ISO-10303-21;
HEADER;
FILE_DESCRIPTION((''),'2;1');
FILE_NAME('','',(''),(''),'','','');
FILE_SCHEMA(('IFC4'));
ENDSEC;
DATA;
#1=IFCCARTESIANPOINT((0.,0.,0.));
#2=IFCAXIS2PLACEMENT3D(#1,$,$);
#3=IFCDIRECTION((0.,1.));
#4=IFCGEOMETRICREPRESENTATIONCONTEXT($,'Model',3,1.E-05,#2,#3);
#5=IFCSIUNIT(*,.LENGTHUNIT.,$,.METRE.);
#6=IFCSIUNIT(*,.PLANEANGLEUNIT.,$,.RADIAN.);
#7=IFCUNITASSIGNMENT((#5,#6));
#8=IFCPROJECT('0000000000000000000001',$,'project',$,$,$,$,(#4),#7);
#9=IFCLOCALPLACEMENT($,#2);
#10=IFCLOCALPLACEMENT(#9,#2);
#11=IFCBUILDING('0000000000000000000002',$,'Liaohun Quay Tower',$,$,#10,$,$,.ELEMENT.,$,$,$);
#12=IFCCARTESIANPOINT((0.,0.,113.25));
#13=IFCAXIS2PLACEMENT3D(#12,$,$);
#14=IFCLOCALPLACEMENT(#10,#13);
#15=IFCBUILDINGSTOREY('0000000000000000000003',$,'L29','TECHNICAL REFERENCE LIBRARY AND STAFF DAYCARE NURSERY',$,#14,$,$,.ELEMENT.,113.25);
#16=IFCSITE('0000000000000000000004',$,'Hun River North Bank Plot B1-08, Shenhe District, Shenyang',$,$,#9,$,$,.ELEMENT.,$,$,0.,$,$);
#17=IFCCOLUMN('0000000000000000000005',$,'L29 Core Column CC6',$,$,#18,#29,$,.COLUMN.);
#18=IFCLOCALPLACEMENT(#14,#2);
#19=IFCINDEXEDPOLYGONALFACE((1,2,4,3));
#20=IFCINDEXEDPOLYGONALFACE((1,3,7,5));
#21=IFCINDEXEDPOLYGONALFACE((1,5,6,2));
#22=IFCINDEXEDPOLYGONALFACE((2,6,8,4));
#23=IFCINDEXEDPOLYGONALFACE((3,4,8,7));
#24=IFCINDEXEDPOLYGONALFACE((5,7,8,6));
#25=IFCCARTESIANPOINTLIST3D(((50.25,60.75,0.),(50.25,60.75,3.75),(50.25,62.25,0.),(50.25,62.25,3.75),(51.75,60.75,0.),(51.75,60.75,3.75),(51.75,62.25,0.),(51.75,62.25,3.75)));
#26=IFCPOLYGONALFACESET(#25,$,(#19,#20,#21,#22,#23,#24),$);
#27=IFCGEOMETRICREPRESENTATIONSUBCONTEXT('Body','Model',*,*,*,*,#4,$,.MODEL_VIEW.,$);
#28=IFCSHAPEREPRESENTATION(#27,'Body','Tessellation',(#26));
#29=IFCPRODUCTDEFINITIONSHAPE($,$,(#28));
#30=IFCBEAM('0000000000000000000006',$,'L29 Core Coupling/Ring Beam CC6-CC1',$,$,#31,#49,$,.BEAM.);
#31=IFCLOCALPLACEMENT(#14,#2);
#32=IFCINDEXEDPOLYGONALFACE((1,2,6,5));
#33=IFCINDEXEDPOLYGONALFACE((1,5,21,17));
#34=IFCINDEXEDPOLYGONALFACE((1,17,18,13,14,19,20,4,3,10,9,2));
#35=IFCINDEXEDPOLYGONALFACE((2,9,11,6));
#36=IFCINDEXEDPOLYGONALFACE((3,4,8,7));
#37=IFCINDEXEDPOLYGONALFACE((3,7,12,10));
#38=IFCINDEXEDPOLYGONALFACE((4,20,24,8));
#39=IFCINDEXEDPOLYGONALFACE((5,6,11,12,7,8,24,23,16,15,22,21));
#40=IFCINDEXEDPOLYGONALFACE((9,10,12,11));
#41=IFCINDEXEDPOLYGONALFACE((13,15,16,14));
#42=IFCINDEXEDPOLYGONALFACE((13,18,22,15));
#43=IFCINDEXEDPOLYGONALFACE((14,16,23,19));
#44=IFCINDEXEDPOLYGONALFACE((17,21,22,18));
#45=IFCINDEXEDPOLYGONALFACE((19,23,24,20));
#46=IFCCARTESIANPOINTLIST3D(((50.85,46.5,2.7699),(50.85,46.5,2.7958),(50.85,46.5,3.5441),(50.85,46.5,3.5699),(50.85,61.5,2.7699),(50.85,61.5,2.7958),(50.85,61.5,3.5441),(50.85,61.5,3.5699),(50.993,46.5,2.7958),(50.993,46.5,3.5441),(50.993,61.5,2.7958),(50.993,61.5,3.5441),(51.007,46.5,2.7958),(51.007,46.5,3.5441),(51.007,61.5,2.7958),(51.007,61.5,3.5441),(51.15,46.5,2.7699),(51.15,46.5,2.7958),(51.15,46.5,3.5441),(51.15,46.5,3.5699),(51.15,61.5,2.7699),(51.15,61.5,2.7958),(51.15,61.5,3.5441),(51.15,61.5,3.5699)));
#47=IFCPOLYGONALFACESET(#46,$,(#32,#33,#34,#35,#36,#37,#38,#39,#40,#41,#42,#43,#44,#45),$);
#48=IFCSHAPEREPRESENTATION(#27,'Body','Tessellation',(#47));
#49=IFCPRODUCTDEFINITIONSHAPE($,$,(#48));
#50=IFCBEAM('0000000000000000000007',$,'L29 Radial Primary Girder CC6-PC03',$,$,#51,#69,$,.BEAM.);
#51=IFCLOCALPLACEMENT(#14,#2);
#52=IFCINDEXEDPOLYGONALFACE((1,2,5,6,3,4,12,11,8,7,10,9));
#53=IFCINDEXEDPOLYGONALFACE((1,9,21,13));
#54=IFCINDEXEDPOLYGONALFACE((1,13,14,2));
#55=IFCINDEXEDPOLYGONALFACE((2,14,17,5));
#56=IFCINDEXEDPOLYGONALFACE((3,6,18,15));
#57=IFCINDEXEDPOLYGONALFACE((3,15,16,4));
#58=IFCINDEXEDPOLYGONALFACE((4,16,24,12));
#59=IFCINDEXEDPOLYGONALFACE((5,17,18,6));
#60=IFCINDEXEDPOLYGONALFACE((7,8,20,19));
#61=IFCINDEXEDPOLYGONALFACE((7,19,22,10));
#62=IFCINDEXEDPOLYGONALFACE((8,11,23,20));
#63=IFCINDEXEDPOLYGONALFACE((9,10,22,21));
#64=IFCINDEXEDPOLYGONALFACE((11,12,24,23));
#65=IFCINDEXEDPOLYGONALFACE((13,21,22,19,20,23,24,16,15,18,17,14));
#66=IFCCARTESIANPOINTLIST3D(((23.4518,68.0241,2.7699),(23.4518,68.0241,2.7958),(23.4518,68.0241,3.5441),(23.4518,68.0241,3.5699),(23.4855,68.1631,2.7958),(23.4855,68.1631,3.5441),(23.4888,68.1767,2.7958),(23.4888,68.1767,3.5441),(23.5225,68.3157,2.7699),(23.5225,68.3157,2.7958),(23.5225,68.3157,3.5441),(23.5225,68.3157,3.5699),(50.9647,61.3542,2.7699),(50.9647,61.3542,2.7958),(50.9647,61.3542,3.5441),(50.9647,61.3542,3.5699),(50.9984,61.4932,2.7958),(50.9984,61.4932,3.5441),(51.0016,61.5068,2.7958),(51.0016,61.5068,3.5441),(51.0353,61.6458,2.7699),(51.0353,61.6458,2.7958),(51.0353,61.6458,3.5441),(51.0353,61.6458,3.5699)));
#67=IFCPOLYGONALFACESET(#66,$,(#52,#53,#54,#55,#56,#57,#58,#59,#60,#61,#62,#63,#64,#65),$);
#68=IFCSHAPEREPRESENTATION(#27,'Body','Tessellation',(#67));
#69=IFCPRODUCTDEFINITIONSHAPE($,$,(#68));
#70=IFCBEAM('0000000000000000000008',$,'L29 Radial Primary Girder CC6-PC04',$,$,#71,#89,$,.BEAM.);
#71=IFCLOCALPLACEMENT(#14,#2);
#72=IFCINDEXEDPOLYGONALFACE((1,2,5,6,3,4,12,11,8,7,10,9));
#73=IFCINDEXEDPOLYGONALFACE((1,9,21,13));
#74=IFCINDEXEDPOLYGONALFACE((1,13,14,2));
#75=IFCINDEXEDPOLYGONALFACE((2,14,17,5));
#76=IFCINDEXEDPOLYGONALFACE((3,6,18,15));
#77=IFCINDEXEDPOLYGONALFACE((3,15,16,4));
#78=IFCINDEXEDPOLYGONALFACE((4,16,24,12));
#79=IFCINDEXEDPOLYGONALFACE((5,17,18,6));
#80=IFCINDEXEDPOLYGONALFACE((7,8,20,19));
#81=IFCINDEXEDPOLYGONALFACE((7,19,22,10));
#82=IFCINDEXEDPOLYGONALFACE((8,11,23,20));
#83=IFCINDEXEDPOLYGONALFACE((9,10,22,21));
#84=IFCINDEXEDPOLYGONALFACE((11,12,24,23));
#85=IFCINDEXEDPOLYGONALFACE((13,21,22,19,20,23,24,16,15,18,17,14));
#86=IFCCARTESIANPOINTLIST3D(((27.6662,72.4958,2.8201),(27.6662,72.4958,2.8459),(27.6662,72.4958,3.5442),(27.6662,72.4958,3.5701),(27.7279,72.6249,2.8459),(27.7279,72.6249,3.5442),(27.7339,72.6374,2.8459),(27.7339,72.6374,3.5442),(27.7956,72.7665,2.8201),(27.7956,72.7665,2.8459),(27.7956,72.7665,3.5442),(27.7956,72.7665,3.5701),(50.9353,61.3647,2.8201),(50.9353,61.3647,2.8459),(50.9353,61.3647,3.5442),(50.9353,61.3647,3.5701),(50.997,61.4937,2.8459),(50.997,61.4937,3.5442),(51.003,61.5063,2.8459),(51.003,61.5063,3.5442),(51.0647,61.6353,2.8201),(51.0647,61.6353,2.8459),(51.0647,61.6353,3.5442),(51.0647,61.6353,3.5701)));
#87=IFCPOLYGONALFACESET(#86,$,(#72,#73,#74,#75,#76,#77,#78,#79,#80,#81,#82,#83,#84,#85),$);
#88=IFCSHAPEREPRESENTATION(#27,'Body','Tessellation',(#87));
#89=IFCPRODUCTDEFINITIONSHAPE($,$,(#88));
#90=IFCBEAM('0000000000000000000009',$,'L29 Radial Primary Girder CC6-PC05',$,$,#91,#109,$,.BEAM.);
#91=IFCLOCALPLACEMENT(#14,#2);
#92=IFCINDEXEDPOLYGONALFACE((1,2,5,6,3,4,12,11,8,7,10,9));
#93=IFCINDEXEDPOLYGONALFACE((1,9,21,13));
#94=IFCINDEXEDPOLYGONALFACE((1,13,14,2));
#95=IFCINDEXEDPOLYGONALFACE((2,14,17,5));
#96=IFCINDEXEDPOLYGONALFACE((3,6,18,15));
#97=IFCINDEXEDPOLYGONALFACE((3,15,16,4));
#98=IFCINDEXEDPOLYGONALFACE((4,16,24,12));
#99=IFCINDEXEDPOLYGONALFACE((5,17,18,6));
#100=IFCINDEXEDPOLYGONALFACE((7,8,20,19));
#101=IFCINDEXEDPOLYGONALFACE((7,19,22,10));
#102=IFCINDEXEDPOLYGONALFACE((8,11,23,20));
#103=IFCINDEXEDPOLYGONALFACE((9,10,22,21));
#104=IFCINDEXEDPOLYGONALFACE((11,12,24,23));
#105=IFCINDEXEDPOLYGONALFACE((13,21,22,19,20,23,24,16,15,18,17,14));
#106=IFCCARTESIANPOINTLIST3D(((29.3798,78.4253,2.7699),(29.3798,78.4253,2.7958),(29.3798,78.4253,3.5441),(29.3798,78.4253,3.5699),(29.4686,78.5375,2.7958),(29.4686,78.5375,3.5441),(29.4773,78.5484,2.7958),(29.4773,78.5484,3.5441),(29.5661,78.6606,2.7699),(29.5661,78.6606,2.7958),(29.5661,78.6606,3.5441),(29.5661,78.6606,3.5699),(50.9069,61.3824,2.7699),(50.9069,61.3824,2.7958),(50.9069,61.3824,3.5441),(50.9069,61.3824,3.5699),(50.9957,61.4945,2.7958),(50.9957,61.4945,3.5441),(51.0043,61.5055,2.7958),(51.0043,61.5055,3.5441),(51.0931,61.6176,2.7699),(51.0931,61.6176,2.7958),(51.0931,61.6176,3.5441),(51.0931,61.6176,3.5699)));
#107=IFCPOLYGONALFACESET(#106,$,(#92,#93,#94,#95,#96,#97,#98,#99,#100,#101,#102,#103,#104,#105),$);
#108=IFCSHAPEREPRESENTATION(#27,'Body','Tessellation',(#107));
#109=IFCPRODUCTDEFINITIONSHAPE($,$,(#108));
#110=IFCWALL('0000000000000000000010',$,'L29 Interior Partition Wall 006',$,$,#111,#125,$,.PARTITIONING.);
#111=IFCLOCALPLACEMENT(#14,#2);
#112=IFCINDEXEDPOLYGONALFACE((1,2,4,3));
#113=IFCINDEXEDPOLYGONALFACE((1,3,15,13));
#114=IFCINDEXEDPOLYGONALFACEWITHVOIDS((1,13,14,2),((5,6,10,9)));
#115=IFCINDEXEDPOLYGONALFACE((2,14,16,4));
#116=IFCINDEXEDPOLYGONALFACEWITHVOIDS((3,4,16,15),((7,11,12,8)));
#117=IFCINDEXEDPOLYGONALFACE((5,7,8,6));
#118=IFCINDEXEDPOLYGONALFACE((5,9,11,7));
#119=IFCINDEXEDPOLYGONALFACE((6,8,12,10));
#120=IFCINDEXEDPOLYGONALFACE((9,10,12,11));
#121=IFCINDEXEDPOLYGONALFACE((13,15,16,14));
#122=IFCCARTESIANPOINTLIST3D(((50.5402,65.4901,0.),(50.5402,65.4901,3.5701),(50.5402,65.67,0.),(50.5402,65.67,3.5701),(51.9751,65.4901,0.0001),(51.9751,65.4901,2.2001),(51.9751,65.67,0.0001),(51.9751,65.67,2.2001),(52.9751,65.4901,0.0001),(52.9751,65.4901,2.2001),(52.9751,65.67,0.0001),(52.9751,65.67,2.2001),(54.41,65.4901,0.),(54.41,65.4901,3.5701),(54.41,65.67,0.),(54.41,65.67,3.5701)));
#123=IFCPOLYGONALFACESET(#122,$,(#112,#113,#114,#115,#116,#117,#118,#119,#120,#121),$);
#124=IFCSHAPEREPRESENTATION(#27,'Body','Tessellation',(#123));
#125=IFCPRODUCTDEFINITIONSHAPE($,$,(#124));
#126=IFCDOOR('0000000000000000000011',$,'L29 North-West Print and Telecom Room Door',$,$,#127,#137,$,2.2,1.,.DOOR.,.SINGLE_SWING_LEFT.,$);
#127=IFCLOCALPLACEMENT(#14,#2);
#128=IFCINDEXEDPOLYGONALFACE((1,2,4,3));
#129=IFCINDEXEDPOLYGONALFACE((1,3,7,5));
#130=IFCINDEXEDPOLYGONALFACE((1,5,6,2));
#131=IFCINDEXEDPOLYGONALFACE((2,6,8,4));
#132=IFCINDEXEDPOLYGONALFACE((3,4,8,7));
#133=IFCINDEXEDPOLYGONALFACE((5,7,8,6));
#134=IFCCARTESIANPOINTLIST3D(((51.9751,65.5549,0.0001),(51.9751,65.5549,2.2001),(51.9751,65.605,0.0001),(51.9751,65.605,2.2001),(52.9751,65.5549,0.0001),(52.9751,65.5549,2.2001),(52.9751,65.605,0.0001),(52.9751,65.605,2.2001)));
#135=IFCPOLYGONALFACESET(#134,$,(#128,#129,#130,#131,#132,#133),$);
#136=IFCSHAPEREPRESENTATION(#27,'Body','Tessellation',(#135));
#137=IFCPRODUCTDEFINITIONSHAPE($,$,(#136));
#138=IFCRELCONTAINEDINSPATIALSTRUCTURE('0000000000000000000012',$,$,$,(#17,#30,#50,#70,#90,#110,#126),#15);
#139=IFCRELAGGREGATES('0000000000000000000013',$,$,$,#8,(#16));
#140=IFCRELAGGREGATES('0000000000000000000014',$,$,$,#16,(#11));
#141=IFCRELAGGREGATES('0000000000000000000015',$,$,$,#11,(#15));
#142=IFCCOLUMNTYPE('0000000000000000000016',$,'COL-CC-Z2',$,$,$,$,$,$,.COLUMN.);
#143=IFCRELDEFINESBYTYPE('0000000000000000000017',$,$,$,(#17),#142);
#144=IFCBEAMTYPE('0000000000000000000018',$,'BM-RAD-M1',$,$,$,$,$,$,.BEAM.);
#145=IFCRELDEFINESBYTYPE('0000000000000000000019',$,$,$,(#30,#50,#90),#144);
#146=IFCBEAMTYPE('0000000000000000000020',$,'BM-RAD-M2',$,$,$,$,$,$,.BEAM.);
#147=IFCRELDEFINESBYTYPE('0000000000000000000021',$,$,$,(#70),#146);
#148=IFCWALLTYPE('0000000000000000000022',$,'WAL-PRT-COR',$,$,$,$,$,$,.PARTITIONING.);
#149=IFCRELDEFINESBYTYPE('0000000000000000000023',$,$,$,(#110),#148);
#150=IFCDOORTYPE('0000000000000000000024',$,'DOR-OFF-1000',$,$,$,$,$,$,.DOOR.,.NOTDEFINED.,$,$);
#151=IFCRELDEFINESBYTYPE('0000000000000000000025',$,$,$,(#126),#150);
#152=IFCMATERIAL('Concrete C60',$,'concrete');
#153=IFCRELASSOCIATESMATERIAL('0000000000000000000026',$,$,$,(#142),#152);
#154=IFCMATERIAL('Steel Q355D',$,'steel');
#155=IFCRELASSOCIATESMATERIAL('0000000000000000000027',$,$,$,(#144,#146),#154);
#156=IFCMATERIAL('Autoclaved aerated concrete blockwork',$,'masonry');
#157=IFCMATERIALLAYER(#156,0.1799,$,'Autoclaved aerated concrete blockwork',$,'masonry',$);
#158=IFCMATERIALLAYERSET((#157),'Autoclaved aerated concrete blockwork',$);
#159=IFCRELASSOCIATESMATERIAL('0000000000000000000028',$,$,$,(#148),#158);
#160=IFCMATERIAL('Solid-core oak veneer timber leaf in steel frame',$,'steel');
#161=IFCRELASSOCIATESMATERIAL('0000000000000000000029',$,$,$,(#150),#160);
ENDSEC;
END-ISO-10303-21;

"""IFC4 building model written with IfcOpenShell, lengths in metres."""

from ifc_helpers import new_model, si_unit, direction, frame, frame_2d, origin, origin_2d, place, context, subcontext, project, spatial, rectangle, i_section, extrude, source, transform, mapped, material, layer, layer_set, material_profile, profile_set, type_object, element, fill, save


model = new_model("IFC4")

# Units and contexts
model_context = context("Model", 3, precision=1e-05, world=origin(), true_north=direction((0.0, 1.0)))
body_context = subcontext(model_context, "Body", "Model", "MODEL_VIEW")
ifc_project = project(units=[si_unit("LENGTHUNIT", "METRE"), si_unit("PLANEANGLEUNIT", "RADIAN")], contexts=[model_context])

# Site, building, storey
site_placement = place(None, origin())
site = spatial("IfcSite", under=ifc_project, at=site_placement, Name="Hun River North Bank Plot B1-08, Shenhe District, Shenyang", CompositionType="ELEMENT", RefElevation=0.0)
building_placement = place(site_placement, origin())
building = spatial("IfcBuilding", under=site, at=building_placement, Name="Liaohun Quay Tower", CompositionType="ELEMENT")
storey_placement = place(building_placement, frame((0.0, 0.0, 113.25)))
storey = spatial("IfcBuildingStorey", under=building, at=storey_placement, Name="L29", Description="TECHNICAL REFERENCE LIBRARY AND STAFF DAYCARE NURSERY", CompositionType="ELEMENT", Elevation=113.25)

# Column
ifc_material_1 = material(Name="Concrete C60", Category="concrete")
ifc_material_profile_1 = material_profile(ifc_material_1, rectangle(XDim=1.5, YDim=1.5, at=origin_2d()), Name="RC1500x1500")
ifc_profile_set_1 = profile_set([ifc_material_profile_1], Name="Concrete C60")
column_type = type_object("IfcColumnType", Name="COL-CC-Z2", PredefinedType="COLUMN", material=ifc_profile_set_1)
shared_shape_1 = source(origin(), body_context, "Body", "SweptSolid", [
    extrude(rectangle(XDim=1.5, YDim=1.5, at=origin_2d()), origin(), (0.0, 0.0, 1.0), 3.75),
])
column_placement = place(storey_placement, frame((51.0, 61.5, 0.0), z_axis=(0.0, 0.0, 1.0), x_axis=(1.0, 0.0, 0.0)))
element("IfcColumn", 1, at=column_placement, inside=storey, type_object=column_type, Name="L29 Core Column CC6", PredefinedType="COLUMN", context=body_context, shape_type="MappedRepresentation", body=[
    mapped(shared_shape_1, transform((0.0, 0.0, 0.0), x_axis=(1.0, 0.0, 0.0), y_axis=(0.0, 1.0, 0.0), z_axis=(0.0, 0.0, 1.0), scale=1.0)),
])

# Beams
ifc_material_2 = material(Name="Steel Q355D", Category="steel")
ifc_material_profile_2 = material_profile(ifc_material_2, i_section(OverallWidth=0.3, OverallDepth=0.8, WebThickness=0.0139, FlangeThickness=0.0259, at=origin_2d()), Name="HN800x300x14x26")
ifc_profile_set_2 = profile_set([ifc_material_profile_2], Name="Steel Q355D")
beam_type_1 = type_object("IfcBeamType", Name="BM-RAD-M1", PredefinedType="BEAM", material=ifc_profile_set_2)
shared_shape_2 = source(origin(), body_context, "Body", "SweptSolid", [
    extrude(i_section(OverallWidth=0.3, OverallDepth=0.8, WebThickness=0.0139, FlangeThickness=0.0259, at=origin_2d()), origin(), (0.0, 0.0, 1.0), 15.0),
])
beam_1_placement = place(storey_placement, frame((51.0, 61.5, 3.1699), z_axis=(0.0, -1.0, 0.0), x_axis=(1.0, 0.0, 0.0)))
element("IfcBeam", 2, at=beam_1_placement, inside=storey, type_object=beam_type_1, Name="L29 Core Coupling/Ring Beam CC6-CC1", PredefinedType="BEAM", context=body_context, shape_type="MappedRepresentation", body=[
    mapped(shared_shape_2, transform((0.0, 0.0, 0.0), x_axis=(1.0, 0.0, 0.0), y_axis=(0.0, 1.0, 0.0), z_axis=(0.0, 0.0, 1.0), scale=1.0)),
])
shared_shape_3 = source(origin(), body_context, "Body", "SweptSolid", [
    extrude(i_section(OverallWidth=0.3, OverallDepth=0.8, WebThickness=0.0139, FlangeThickness=0.0259, at=origin_2d()), origin(), (0.0, 0.0, 1.0), 28.3098),
])
beam_2_placement = place(storey_placement, frame((51.0, 61.5, 3.1699), z_axis=(-0.971849, 0.235604, 0.0), x_axis=(-0.235604, -0.971849, 0.0)))
element("IfcBeam", 3, at=beam_2_placement, inside=storey, type_object=beam_type_1, Name="L29 Radial Primary Girder CC6-PC03", PredefinedType="BEAM", context=body_context, shape_type="MappedRepresentation", body=[
    mapped(shared_shape_3, transform((0.0, 0.0, 0.0), x_axis=(1.0, 0.0, 0.0), y_axis=(0.0, 1.0, 0.0), z_axis=(0.0, 0.0, 1.0), scale=1.0)),
])
ifc_material_profile_3 = material_profile(ifc_material_2, i_section(OverallWidth=0.3, OverallDepth=0.75, WebThickness=0.0139, FlangeThickness=0.0259, at=origin_2d()), Name="HN750x300x14x26")
ifc_profile_set_3 = profile_set([ifc_material_profile_3], Name="Steel Q355D")
beam_type_2 = type_object("IfcBeamType", Name="BM-RAD-M2", PredefinedType="BEAM", material=ifc_profile_set_3)
shared_shape_4 = source(origin(), body_context, "Body", "SweptSolid", [
    extrude(i_section(OverallWidth=0.3, OverallDepth=0.75, WebThickness=0.0139, FlangeThickness=0.0259, at=origin_2d()), origin(), (0.0, 0.0, 1.0), 25.7944),
])
beam_3_placement = place(storey_placement, frame((51.0, 61.5, 3.1951), z_axis=(-0.902098, 0.431532, 0.0), x_axis=(-0.431532, -0.902098, 0.0)))
element("IfcBeam", 4, at=beam_3_placement, inside=storey, type_object=beam_type_2, Name="L29 Radial Primary Girder CC6-PC04", PredefinedType="BEAM", context=body_context, shape_type="MappedRepresentation", body=[
    mapped(shared_shape_4, transform((0.0, 0.0, 0.0), x_axis=(1.0, 0.0, 0.0), y_axis=(0.0, 1.0, 0.0), z_axis=(0.0, 0.0, 1.0), scale=1.0)),
])
shared_shape_5 = source(origin(), body_context, "Body", "SweptSolid", [
    extrude(i_section(OverallWidth=0.3, OverallDepth=0.8, WebThickness=0.0139, FlangeThickness=0.0259, at=origin_2d()), origin(), (0.0, 0.0, 1.0), 27.4568),
])
beam_4_placement = place(storey_placement, frame((51.0, 61.5, 3.1699), z_axis=(-0.784034, 0.620718, 0.0), x_axis=(-0.620718, -0.784034, 0.0)))
element("IfcBeam", 5, at=beam_4_placement, inside=storey, type_object=beam_type_1, Name="L29 Radial Primary Girder CC6-PC05", PredefinedType="BEAM", context=body_context, shape_type="MappedRepresentation", body=[
    mapped(shared_shape_5, transform((0.0, 0.0, 0.0), x_axis=(1.0, 0.0, 0.0), y_axis=(0.0, 1.0, 0.0), z_axis=(0.0, 0.0, 1.0), scale=1.0)),
])

# Wall, opening, door
ifc_material_3 = material(Name="Autoclaved aerated concrete blockwork", Category="masonry")
ifc_layer_1 = layer(ifc_material_3, 0.1799, Name="Autoclaved aerated concrete blockwork", Category="masonry")
ifc_layer_set_1 = layer_set([ifc_layer_1], Name="Autoclaved aerated concrete blockwork")
wall_type_1 = type_object("IfcWallType", Name="WAL-PRT-COR", PredefinedType="PARTITIONING", material=ifc_layer_set_1)
wall_1_placement = place(storey_placement, frame((50.54, 65.5801, 0.0), z_axis=(0.0, 0.0, 1.0), x_axis=(1.0, 0.0, 0.0)))
wall_1 = element("IfcWall", 6, at=wall_1_placement, inside=storey, type_object=wall_type_1, Name="L29 Interior Partition Wall 006", PredefinedType="PARTITIONING", context=body_context, shape_type="SweptSolid", body=[
    extrude(rectangle(XDim=3.8699, YDim=0.1799, at=frame_2d((1.9351, 0.0))), origin(), (0.0, 0.0, 1.0), 3.5701),
])
shared_shape_6 = source(origin(), body_context, "Body", "SweptSolid", [
    extrude(rectangle(XDim=1.0, YDim=2.2, at=frame_2d((0.5, 1.1001))), frame((0.0, 0.0999, 0.0), z_axis=(0.0, -1.0, 0.0), x_axis=(1.0, 0.0, 0.0)), (0.0, 0.0, 1.0), 0.2),
])
opening_1_placement = place(wall_1_placement, frame((1.4351, 0.0, 0.0)))
opening_1 = element("IfcOpeningElement", 7, at=opening_1_placement, cuts=wall_1, PredefinedType="OPENING", context=body_context, shape_type="MappedRepresentation", body=[
    mapped(shared_shape_6, transform((0.0, 0.0, 0.0), x_axis=(1.0, 0.0, 0.0), y_axis=(0.0, 1.0, 0.0), z_axis=(0.0, 0.0, 1.0), scale=1.0)),
])
ifc_material_4 = material(Name="Solid-core oak veneer timber leaf in steel frame", Category="steel")
door_type_1 = type_object("IfcDoorType", Name="DOR-OFF-1000", OperationType="NOTDEFINED", PredefinedType="DOOR", material=ifc_material_4)
shared_shape_7 = source(origin(), body_context, "Body", "SweptSolid", [
    extrude(rectangle(XDim=1.0, YDim=2.2, at=frame_2d((0.5, 1.1001))), frame((0.0, 0.0249, 0.0), z_axis=(0.0, -1.0, 0.0), x_axis=(1.0, 0.0, 0.0)), (0.0, 0.0, 1.0), 0.05),
])
door_1_placement = place(opening_1_placement, origin())
door_1 = element("IfcDoor", 8, at=door_1_placement, inside=storey, type_object=door_type_1, Name="L29 North-West Print and Telecom Room Door", OperationType="SINGLE_SWING_LEFT", OverallHeight=2.2, OverallWidth=1.0, PredefinedType="DOOR", context=body_context, shape_type="MappedRepresentation", body=[
    mapped(shared_shape_7, transform((0.0, 0.0, 0.0), x_axis=(1.0, 0.0, 0.0), y_axis=(0.0, 1.0, 0.0), z_axis=(0.0, 0.0, 1.0), scale=1.0)),
])
fill(opening_1, door_1)

save(model, "model.ifc")
